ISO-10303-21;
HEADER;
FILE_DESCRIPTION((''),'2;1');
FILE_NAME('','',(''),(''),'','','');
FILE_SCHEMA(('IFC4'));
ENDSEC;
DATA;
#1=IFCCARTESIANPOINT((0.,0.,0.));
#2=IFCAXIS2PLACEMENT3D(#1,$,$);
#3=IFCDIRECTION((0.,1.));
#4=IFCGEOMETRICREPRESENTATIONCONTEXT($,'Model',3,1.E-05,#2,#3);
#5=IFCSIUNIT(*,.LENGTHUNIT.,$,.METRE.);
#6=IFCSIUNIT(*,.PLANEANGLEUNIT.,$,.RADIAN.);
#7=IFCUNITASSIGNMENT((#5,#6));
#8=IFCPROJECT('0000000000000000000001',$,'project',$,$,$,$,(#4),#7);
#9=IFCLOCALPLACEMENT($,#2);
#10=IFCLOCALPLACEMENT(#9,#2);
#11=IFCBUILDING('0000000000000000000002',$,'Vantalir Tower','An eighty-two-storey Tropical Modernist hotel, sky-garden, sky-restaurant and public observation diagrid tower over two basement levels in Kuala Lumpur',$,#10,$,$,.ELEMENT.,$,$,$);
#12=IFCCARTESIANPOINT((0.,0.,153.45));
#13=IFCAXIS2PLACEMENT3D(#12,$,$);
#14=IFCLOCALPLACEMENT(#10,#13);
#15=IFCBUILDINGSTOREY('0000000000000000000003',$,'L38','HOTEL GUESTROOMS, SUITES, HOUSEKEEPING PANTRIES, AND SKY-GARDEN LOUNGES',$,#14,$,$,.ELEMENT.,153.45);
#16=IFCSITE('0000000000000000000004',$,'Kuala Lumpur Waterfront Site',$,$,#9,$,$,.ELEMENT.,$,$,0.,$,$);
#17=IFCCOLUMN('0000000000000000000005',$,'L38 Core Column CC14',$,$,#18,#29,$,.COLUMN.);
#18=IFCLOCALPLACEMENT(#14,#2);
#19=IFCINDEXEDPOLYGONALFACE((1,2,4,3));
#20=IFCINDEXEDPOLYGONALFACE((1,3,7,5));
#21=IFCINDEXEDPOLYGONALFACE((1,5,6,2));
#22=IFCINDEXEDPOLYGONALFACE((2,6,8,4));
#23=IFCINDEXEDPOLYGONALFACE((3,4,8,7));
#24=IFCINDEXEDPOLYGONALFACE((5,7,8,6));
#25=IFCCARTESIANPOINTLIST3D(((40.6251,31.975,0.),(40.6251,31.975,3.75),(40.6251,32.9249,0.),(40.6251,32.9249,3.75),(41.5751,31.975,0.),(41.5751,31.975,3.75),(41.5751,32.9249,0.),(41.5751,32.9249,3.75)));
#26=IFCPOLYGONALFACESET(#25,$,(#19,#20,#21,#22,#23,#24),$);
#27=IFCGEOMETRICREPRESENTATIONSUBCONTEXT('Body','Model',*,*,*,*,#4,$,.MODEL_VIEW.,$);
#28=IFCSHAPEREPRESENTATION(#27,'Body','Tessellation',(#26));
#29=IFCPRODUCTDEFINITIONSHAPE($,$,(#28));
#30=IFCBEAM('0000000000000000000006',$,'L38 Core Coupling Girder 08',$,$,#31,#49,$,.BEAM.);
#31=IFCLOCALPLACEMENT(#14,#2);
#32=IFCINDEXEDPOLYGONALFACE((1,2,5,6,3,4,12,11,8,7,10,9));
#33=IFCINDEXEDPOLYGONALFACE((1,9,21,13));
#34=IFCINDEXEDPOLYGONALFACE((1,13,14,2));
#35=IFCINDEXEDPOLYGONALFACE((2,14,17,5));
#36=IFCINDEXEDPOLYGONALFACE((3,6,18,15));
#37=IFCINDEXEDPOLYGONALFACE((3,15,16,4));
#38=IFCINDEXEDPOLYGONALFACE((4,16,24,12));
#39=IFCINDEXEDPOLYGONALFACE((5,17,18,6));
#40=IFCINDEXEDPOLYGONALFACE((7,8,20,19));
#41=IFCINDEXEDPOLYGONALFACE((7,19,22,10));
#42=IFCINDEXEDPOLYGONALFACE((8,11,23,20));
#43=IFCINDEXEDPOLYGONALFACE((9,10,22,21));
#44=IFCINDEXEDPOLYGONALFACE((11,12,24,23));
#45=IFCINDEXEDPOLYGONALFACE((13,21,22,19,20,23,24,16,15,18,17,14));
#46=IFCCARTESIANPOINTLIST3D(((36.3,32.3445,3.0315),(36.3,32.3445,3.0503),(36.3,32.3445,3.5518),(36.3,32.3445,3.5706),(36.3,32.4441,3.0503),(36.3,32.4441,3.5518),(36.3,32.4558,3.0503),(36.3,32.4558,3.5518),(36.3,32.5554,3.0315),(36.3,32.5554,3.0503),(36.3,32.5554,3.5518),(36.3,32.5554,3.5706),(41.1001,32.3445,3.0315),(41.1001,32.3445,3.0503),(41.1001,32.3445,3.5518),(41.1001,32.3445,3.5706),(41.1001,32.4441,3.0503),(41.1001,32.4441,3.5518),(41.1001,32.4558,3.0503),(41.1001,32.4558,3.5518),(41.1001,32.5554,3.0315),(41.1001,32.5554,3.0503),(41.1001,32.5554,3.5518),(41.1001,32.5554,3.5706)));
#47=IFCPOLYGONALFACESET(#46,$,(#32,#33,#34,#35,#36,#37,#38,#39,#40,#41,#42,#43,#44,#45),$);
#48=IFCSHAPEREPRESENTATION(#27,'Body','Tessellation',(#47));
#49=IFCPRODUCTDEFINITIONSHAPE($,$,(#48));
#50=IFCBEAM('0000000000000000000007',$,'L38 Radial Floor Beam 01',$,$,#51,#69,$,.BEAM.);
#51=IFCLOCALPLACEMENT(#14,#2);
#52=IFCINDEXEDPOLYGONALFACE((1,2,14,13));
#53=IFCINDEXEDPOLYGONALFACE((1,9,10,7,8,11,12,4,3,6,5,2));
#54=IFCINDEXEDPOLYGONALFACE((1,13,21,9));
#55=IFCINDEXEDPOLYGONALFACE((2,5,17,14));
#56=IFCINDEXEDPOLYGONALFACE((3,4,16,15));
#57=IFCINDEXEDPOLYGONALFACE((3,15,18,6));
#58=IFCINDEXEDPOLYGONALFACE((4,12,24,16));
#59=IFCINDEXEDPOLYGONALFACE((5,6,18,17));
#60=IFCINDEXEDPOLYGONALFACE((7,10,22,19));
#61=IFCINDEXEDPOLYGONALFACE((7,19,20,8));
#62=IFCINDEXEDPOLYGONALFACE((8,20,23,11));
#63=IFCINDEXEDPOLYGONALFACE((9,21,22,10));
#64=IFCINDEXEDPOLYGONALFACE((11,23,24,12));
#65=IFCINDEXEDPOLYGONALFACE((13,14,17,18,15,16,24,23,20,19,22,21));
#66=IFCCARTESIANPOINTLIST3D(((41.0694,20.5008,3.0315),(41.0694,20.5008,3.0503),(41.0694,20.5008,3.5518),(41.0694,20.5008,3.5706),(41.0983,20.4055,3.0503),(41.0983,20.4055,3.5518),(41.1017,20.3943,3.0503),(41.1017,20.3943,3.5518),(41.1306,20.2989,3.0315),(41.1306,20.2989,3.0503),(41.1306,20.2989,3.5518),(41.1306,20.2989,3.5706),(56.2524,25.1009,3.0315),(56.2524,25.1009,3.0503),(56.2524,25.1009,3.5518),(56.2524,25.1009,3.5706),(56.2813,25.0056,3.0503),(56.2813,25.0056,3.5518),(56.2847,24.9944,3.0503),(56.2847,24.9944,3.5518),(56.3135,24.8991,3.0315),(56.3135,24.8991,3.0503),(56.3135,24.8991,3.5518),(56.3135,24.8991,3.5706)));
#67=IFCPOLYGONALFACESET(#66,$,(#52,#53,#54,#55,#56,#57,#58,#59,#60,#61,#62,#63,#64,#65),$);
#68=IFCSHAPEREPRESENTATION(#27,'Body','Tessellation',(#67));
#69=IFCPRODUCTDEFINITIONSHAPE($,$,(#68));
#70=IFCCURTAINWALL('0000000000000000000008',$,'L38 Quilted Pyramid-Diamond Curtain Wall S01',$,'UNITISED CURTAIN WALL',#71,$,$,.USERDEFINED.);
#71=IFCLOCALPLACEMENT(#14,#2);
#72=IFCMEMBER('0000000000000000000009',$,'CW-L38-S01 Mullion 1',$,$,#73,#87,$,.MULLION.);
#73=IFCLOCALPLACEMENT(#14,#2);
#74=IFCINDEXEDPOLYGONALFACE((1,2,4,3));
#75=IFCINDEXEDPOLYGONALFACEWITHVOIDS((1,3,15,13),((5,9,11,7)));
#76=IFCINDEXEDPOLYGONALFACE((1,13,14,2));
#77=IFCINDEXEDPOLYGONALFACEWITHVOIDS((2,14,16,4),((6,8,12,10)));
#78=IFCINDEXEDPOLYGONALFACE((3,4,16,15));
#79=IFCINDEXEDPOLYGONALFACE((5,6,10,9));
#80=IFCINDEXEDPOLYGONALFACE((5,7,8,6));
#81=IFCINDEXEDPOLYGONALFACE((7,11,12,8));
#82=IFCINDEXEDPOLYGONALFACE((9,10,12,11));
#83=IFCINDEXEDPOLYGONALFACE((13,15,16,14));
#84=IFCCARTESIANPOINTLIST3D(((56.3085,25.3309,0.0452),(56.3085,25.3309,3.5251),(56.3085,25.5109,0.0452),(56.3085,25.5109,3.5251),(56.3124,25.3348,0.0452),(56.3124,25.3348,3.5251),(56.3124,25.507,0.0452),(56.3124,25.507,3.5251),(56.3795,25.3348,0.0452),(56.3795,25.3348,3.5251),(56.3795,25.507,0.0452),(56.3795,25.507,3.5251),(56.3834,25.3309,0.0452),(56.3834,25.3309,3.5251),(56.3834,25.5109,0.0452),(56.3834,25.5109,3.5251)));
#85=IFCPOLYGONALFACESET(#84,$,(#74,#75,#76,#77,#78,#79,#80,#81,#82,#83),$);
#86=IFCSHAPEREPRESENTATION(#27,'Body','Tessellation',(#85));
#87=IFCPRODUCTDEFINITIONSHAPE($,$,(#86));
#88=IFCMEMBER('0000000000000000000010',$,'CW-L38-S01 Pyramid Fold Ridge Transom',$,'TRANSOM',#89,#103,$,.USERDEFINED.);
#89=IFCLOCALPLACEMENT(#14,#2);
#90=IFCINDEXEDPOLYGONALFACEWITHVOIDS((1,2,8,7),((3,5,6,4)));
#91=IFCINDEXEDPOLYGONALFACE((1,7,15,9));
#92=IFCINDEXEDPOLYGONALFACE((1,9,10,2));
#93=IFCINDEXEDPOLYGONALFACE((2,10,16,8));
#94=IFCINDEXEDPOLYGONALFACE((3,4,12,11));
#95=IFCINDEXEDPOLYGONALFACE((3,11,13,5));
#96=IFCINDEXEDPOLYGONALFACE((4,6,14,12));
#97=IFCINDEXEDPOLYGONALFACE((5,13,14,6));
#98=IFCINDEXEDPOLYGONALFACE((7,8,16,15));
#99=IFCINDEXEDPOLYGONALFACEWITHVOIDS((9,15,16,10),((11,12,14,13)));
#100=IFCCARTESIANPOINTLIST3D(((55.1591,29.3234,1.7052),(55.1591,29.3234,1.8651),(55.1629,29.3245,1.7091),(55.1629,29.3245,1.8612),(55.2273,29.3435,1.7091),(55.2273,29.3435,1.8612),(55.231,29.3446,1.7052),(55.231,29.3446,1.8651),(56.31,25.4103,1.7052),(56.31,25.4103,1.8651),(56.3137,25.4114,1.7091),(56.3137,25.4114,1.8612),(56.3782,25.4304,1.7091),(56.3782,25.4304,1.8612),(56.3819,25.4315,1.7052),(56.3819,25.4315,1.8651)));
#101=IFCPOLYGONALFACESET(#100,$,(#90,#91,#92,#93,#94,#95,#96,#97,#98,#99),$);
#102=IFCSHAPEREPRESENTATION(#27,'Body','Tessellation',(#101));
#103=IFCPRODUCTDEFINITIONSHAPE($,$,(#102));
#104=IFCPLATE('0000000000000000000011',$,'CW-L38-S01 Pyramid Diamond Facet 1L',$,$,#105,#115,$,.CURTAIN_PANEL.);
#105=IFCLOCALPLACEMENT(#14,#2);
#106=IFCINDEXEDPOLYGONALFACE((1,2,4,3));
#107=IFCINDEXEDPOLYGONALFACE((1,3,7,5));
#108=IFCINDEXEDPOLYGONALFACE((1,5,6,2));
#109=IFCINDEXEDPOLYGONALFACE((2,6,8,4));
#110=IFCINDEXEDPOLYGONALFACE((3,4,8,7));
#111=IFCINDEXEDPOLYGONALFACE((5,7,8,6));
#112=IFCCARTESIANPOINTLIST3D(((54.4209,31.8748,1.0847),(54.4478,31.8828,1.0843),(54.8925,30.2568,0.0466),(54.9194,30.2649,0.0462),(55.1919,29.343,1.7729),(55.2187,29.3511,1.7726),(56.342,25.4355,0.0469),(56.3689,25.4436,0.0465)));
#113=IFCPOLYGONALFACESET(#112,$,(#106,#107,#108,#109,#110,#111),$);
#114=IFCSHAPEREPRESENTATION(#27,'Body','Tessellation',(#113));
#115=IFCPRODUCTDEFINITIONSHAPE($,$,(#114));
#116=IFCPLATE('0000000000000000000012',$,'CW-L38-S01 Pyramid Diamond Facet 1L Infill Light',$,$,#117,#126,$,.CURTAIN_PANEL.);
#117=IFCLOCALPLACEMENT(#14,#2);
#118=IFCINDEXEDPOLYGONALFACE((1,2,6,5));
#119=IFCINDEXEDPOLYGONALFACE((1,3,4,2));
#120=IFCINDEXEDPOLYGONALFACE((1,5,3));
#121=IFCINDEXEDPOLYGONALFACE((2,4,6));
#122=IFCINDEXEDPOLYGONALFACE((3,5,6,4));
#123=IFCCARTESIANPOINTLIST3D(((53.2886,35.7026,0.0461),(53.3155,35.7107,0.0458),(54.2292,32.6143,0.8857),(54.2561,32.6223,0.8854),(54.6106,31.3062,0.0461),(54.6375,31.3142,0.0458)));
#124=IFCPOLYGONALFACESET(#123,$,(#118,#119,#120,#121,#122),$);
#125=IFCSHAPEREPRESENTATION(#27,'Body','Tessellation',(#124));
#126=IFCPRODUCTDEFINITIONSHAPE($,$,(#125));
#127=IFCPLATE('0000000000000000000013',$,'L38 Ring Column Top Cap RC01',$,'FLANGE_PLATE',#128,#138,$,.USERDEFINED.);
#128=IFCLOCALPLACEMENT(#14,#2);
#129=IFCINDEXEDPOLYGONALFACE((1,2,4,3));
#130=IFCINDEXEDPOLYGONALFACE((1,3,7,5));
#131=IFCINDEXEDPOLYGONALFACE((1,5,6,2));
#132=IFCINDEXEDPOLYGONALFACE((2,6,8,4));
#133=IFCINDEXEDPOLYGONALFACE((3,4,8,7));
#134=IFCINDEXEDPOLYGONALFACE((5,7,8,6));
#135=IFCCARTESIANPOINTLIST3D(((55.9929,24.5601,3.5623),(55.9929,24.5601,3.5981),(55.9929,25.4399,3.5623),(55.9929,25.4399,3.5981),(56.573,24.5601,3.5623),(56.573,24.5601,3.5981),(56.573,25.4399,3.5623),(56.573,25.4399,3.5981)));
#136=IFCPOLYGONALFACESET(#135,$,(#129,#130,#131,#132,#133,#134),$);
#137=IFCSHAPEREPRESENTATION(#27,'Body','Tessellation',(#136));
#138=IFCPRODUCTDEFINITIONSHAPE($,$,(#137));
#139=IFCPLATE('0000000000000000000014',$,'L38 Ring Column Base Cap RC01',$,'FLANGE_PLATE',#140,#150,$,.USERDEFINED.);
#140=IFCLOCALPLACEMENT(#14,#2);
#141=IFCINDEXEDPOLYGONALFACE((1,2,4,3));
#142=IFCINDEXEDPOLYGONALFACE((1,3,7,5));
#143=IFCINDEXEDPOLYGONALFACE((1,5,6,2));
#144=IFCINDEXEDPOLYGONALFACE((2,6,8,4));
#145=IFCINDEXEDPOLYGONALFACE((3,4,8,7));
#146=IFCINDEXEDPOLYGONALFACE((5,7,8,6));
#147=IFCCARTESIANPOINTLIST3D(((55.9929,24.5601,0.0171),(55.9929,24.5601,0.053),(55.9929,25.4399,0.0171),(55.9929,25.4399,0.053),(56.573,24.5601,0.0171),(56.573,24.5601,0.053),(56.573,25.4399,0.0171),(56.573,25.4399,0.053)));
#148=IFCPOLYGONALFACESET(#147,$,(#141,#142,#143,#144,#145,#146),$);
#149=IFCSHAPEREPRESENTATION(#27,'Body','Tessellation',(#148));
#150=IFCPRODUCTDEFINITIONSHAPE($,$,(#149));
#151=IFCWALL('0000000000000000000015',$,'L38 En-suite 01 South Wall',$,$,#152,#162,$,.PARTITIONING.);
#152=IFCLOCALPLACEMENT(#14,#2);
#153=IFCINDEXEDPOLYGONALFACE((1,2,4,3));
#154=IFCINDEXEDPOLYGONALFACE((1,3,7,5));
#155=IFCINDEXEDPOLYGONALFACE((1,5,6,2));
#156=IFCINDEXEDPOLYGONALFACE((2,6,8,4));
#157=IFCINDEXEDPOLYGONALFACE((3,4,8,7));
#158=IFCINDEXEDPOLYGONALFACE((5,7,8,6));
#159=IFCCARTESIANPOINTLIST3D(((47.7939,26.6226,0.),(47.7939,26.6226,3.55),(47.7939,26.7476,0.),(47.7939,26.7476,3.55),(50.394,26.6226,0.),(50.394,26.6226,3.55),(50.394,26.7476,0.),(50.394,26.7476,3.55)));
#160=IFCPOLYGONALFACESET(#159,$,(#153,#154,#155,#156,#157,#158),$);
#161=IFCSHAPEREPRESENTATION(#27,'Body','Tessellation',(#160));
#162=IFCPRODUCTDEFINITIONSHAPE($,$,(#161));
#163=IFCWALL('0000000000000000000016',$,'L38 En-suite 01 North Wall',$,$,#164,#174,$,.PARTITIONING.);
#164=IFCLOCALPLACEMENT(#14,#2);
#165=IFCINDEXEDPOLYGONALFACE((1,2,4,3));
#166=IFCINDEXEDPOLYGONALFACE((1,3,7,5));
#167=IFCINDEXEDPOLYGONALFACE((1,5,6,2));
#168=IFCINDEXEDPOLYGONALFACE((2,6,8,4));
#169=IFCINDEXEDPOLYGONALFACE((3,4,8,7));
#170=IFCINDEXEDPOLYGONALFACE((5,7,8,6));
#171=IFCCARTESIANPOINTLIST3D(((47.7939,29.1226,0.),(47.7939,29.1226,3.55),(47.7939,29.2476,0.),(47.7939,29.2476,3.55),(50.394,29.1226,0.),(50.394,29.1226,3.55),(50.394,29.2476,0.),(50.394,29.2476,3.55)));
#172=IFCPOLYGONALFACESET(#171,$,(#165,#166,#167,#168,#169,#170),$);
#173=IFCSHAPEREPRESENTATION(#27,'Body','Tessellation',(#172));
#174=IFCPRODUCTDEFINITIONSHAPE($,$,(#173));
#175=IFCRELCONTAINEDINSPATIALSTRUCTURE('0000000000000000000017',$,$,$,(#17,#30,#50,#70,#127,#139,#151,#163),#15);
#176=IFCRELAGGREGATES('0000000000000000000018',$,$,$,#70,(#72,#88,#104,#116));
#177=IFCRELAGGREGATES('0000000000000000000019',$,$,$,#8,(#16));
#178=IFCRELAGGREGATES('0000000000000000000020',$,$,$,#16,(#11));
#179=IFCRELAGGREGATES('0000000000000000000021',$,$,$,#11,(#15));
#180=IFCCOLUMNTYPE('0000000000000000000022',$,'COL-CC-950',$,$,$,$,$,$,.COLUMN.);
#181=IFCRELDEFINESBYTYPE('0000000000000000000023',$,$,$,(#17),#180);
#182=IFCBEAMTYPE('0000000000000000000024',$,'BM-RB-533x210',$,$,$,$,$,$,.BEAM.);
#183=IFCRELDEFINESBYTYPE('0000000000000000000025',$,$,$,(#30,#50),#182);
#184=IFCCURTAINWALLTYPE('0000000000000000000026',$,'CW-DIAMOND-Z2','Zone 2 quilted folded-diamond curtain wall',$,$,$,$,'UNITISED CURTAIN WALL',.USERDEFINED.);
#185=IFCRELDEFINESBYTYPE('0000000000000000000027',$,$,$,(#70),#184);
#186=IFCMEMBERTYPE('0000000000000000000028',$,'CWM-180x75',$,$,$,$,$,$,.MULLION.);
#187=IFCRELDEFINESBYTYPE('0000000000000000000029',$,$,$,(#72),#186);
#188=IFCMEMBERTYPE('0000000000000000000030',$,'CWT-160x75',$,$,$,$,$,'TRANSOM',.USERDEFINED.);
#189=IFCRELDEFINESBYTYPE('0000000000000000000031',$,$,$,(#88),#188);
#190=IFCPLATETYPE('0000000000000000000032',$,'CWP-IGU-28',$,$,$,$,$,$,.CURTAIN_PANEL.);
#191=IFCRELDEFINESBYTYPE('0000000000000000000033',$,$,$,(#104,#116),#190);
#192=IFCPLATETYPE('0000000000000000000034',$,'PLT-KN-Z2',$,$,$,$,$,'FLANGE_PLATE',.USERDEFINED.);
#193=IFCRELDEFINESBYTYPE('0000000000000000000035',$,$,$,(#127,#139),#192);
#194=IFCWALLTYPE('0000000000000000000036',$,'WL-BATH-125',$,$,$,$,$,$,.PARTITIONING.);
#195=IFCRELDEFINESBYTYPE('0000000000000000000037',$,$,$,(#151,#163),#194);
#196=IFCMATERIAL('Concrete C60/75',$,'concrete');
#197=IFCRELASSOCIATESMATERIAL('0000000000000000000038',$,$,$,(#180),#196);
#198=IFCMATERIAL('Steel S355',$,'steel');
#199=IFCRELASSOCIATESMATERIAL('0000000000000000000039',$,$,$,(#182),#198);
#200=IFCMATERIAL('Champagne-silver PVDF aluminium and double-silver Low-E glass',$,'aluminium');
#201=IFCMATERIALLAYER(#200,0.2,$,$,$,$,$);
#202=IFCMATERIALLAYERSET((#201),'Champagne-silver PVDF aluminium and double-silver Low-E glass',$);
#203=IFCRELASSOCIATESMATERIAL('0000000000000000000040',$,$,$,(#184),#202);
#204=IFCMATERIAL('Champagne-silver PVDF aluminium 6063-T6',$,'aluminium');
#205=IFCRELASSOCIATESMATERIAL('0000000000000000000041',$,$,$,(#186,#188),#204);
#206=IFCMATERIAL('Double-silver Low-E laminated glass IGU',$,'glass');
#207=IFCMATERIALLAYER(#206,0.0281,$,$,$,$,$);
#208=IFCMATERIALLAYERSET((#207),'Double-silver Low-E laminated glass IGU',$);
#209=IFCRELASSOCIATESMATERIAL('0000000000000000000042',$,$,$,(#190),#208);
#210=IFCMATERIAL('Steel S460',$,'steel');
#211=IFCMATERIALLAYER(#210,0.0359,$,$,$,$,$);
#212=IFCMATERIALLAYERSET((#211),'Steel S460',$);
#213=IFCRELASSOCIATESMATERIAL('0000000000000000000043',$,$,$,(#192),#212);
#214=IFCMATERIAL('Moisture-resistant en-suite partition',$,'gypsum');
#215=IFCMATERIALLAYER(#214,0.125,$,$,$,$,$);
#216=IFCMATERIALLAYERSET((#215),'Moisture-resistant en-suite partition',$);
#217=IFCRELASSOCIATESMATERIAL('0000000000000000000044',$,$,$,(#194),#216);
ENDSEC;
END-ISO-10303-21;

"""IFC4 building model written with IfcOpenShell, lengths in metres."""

from ifc_helpers import new_model, si_unit, direction, frame, frame_2d, origin, origin_2d, place, context, subcontext, project, spatial, polyline, rectangle, hollow_rectangle, i_section, outline, extrude, material, layer, layer_set, material_profile, profile_set, type_object, element, aggregate, save


model = new_model("IFC4")

# Units and contexts
model_context = context("Model", 3, precision=1e-05, world=origin(), true_north=direction((0.0, 1.0)))
body_context = subcontext(model_context, "Body", "Model", "MODEL_VIEW")
ifc_project = project(units=[si_unit("LENGTHUNIT", "METRE"), si_unit("PLANEANGLEUNIT", "RADIAN")], contexts=[model_context])

# Site, building, storey
site_placement = place(None, origin())
site = spatial("IfcSite", under=ifc_project, at=site_placement, Name="Kuala Lumpur Waterfront Site", CompositionType="ELEMENT", RefElevation=0.0)
building_placement = place(site_placement, origin())
building = spatial("IfcBuilding", under=site, at=building_placement, Name="Vantalir Tower", Description="An eighty-two-storey Tropical Modernist hotel, sky-garden, sky-restaurant and public observation diagrid tower over two basement levels in Kuala Lumpur", CompositionType="ELEMENT")
storey_placement = place(building_placement, frame((0.0, 0.0, 153.45)))
storey = spatial("IfcBuildingStorey", under=building, at=storey_placement, Name="L38", Description="HOTEL GUESTROOMS, SUITES, HOUSEKEEPING PANTRIES, AND SKY-GARDEN LOUNGES", CompositionType="ELEMENT", Elevation=153.45)

# Column
ifc_material_1 = material(Name="Concrete C60/75", Category="concrete")
ifc_material_profile_1 = material_profile(ifc_material_1, rectangle(XDim=0.95, YDim=0.95, at=origin_2d()), Name="Concrete C60/75")
ifc_profile_set_1 = profile_set([ifc_material_profile_1], Name="Concrete C60/75")
column_type = type_object("IfcColumnType", Name="COL-CC-950", PredefinedType="COLUMN", material=ifc_profile_set_1)
column_placement = place(storey_placement, frame((41.1001, 32.45, 0.0), z_axis=(0.0, 0.0, 1.0), x_axis=(1.0, 0.0, 0.0)))
element("IfcColumn", 1, at=column_placement, inside=storey, type_object=column_type, Name="L38 Core Column CC14", PredefinedType="COLUMN", context=body_context, shape_type="SweptSolid", body=[
    extrude(rectangle(XDim=0.95, YDim=0.95, at=origin_2d()), origin(), (0.0, 0.0, 1.0), 3.75),
])

# Beams
ifc_material_2 = material(Name="Steel S355", Category="steel")
ifc_material_profile_2 = material_profile(ifc_material_2, i_section(OverallWidth=0.2109, OverallDepth=0.5391, WebThickness=0.0117, FlangeThickness=0.0188, at=origin_2d()), Name="Steel S355")
ifc_profile_set_2 = profile_set([ifc_material_profile_2], Name="Steel S355")
beam_type = type_object("IfcBeamType", Name="BM-RB-533x210", PredefinedType="BEAM", material=ifc_profile_set_2)
beam_1_placement = place(storey_placement, frame((41.1001, 32.45, 3.301), z_axis=(-1.0, 0.0, 0.0), x_axis=(0.0, -1.0, 0.0)))
element("IfcBeam", 2, at=beam_1_placement, inside=storey, type_object=beam_type, Name="L38 Core Coupling Girder 08", PredefinedType="BEAM", context=body_context, shape_type="SweptSolid", body=[
    extrude(i_section(OverallWidth=0.2109, OverallDepth=0.5391, WebThickness=0.0117, FlangeThickness=0.0188, at=origin_2d()), origin(), (0.0, 0.0, 1.0), 4.8),
])
beam_2_placement = place(storey_placement, frame((56.283, 25.0, 3.301), z_axis=(-0.957038, -0.289963, 0.0), x_axis=(0.289963, -0.957038, 0.0)))
element("IfcBeam", 3, at=beam_2_placement, inside=storey, type_object=beam_type, Name="L38 Radial Floor Beam 01", PredefinedType="BEAM", context=body_context, shape_type="SweptSolid", body=[
    extrude(i_section(OverallWidth=0.2109, OverallDepth=0.5391, WebThickness=0.0117, FlangeThickness=0.0188, at=origin_2d()), origin(), (0.0, 0.0, 1.0), 15.8645),
])

# Curtain wall, members, plates
ifc_material_3 = material(Name="Champagne-silver PVDF aluminium and double-silver Low-E glass", Category="aluminium")
ifc_layer_1 = layer(ifc_material_3, 0.2)
ifc_layer_set_1 = layer_set([ifc_layer_1], Name="Champagne-silver PVDF aluminium and double-silver Low-E glass")
curtain_wall_type = type_object("IfcCurtainWallType", Name="CW-DIAMOND-Z2", Description="Zone 2 quilted folded-diamond curtain wall", ElementType="UNITISED CURTAIN WALL", PredefinedType="USERDEFINED", material=ifc_layer_set_1)
curtain_wall_placement = place(storey_placement, origin())
curtain_wall = element("IfcCurtainWall", 4, at=curtain_wall_placement, inside=storey, type_object=curtain_wall_type, Name="L38 Quilted Pyramid-Diamond Curtain Wall S01", ObjectType="UNITISED CURTAIN WALL", PredefinedType="USERDEFINED")
ifc_material_4 = material(Name="Champagne-silver PVDF aluminium 6063-T6", Category="aluminium")
ifc_material_profile_3 = material_profile(ifc_material_4, hollow_rectangle(XDim=0.075, YDim=0.1799, WallThickness=0.0039, at=origin_2d()), Name="Champagne-silver PVDF aluminium 6063-T6")
ifc_profile_set_3 = profile_set([ifc_material_profile_3], Name="Champagne-silver PVDF aluminium 6063-T6")
member_type_1 = type_object("IfcMemberType", Name="CWM-180x75", PredefinedType="MULLION", material=ifc_profile_set_3)
member_1_placement = place(storey_placement, frame((56.3459, 25.4209, 0.0452), z_axis=(0.0, 0.0, 1.0), x_axis=(1.0, 0.0, 0.0)))
member_1 = element("IfcMember", 5, at=member_1_placement, type_object=member_type_1, Name="CW-L38-S01 Mullion 1", PredefinedType="MULLION", context=body_context, shape_type="SweptSolid", body=[
    extrude(hollow_rectangle(XDim=0.075, YDim=0.1799, WallThickness=0.0039, at=origin_2d()), origin(), (0.0, 0.0, 1.0), 3.48),
])
ifc_material_profile_4 = material_profile(ifc_material_4, hollow_rectangle(XDim=0.075, YDim=0.1599, WallThickness=0.0039, at=origin_2d()), Name="Champagne-silver PVDF aluminium 6063-T6")
ifc_profile_set_4 = profile_set([ifc_material_profile_4], Name="Champagne-silver PVDF aluminium 6063-T6")
member_type_2 = type_object("IfcMemberType", Name="CWT-160x75", ElementType="TRANSOM", PredefinedType="USERDEFINED", material=ifc_profile_set_4)
member_2_placement = place(storey_placement, frame((56.3459, 25.4209, 1.7852), z_axis=(-0.28216, 0.959367, 0.0), x_axis=(-0.959367, -0.28216, 0.0)))
member_2 = element("IfcMember", 6, at=member_2_placement, type_object=member_type_2, Name="CW-L38-S01 Pyramid Fold Ridge Transom", ObjectType="TRANSOM", PredefinedType="USERDEFINED", context=body_context, shape_type="SweptSolid", body=[
    extrude(hollow_rectangle(XDim=0.075, YDim=0.1599, WallThickness=0.0039, at=origin_2d()), origin(), (0.0, 0.0, 1.0), 4.0789),
])
ifc_material_5 = material(Name="Double-silver Low-E laminated glass IGU", Category="glass")
ifc_layer_2 = layer(ifc_material_5, 0.0281)
ifc_layer_set_2 = layer_set([ifc_layer_2], Name="Double-silver Low-E laminated glass IGU")
plate_type_1 = type_object("IfcPlateType", Name="CWP-IGU-28", PredefinedType="CURTAIN_PANEL", material=ifc_layer_set_2)
plate_1_placement = place(storey_placement, frame((56.342, 25.4355, 0.0469), z_axis=(-0.957567, -0.287888, 0.013635), x_axis=(-0.287916, 0.957656, -0.000048)))
plate_1 = element("IfcPlate", 7, at=plate_1_placement, type_object=plate_type_1, Name="CW-L38-S01 Pyramid Diamond Facet 1L", PredefinedType="CURTAIN_PANEL", context=body_context, shape_type="SweptSolid", body=[
    extrude(outline(polyline([(0.0, 0.0), (5.0345, 0.0), (6.7196, -1.0383), (4.0731, -1.7264), (0.0, 0.0)])), origin(), (0.0, 0.0, -1.0), 0.0281),
])
plate_2_placement = place(storey_placement, frame((54.6106, 31.3062, 0.0461), z_axis=(-0.957552, -0.287936, 0.013685), x_axis=(-0.287963, 0.957642, 0.0)))
plate_2 = element("IfcPlate", 8, at=plate_2_placement, type_object=plate_type_1, Name="CW-L38-S01 Pyramid Diamond Facet 1L Infill Light", PredefinedType="CURTAIN_PANEL", context=body_context, shape_type="SweptSolid", body=[
    extrude(outline(polyline([(0.0, 0.0), (4.5909, 0.0), (1.3625, -0.8397), (0.0, 0.0)])), origin(), (0.0, 0.0, -1.0), 0.0281),
])
aggregate(curtain_wall, [member_1, member_2, plate_1, plate_2])

# Plates
ifc_material_6 = material(Name="Steel S460", Category="steel")
ifc_layer_3 = layer(ifc_material_6, 0.0359)
ifc_layer_set_3 = layer_set([ifc_layer_3], Name="Steel S460")
plate_type_2 = type_object("IfcPlateType", Name="PLT-KN-Z2", ElementType="FLANGE_PLATE", PredefinedType="USERDEFINED", material=ifc_layer_set_3)
for number, where, z_axis, x_axis, name in (
    (9, (55.9929, 25.4399, 3.5981), (0.0, 0.0, 1.0), (0.0, -1.0, 0.0), "L38 Ring Column Top Cap RC01"),
    (10, (55.9929, 25.4399, 0.053), (0.0, 0.0, 1.0), (0.0, -1.0, 0.0), "L38 Ring Column Base Cap RC01"),
):
    element("IfcPlate", number, at=place(storey_placement, frame(where, z_axis=z_axis, x_axis=x_axis)), inside=storey, type_object=plate_type_2, Name=name, ObjectType="FLANGE_PLATE", PredefinedType="USERDEFINED", context=body_context, shape_type="SweptSolid", body=[
        extrude(outline(polyline([(0.0, 0.0), (0.8799, 0.0), (0.8799, 0.5801), (0.0, 0.5801), (0.0, 0.0)])), origin(), (0.0, 0.0, -1.0), 0.0359),
    ])

# Walls
ifc_material_7 = material(Name="Moisture-resistant en-suite partition", Category="gypsum")
ifc_layer_4 = layer(ifc_material_7, 0.125)
ifc_layer_set_4 = layer_set([ifc_layer_4], Name="Moisture-resistant en-suite partition")
wall_type_1 = type_object("IfcWallType", Name="WL-BATH-125", PredefinedType="PARTITIONING", material=ifc_layer_set_4)
for number, where, z_axis, x_axis, name in (
    (11, (47.7939, 26.6851, 0.0), (0.0, 0.0, 1.0), (1.0, 0.0, 0.0), "L38 En-suite 01 South Wall"),
    (12, (47.7939, 29.1851, 0.0), (0.0, 0.0, 1.0), (1.0, 0.0, 0.0), "L38 En-suite 01 North Wall"),
):
    element("IfcWall", number, at=place(storey_placement, frame(where, z_axis=z_axis, x_axis=x_axis)), inside=storey, type_object=wall_type_1, Name=name, PredefinedType="PARTITIONING", context=body_context, shape_type="SweptSolid", body=[
        extrude(rectangle(XDim=2.6001, YDim=0.125, at=frame_2d((1.3, 0.0))), origin(), (0.0, 0.0, 1.0), 3.55),
    ])

save(model, "model.ifc")
